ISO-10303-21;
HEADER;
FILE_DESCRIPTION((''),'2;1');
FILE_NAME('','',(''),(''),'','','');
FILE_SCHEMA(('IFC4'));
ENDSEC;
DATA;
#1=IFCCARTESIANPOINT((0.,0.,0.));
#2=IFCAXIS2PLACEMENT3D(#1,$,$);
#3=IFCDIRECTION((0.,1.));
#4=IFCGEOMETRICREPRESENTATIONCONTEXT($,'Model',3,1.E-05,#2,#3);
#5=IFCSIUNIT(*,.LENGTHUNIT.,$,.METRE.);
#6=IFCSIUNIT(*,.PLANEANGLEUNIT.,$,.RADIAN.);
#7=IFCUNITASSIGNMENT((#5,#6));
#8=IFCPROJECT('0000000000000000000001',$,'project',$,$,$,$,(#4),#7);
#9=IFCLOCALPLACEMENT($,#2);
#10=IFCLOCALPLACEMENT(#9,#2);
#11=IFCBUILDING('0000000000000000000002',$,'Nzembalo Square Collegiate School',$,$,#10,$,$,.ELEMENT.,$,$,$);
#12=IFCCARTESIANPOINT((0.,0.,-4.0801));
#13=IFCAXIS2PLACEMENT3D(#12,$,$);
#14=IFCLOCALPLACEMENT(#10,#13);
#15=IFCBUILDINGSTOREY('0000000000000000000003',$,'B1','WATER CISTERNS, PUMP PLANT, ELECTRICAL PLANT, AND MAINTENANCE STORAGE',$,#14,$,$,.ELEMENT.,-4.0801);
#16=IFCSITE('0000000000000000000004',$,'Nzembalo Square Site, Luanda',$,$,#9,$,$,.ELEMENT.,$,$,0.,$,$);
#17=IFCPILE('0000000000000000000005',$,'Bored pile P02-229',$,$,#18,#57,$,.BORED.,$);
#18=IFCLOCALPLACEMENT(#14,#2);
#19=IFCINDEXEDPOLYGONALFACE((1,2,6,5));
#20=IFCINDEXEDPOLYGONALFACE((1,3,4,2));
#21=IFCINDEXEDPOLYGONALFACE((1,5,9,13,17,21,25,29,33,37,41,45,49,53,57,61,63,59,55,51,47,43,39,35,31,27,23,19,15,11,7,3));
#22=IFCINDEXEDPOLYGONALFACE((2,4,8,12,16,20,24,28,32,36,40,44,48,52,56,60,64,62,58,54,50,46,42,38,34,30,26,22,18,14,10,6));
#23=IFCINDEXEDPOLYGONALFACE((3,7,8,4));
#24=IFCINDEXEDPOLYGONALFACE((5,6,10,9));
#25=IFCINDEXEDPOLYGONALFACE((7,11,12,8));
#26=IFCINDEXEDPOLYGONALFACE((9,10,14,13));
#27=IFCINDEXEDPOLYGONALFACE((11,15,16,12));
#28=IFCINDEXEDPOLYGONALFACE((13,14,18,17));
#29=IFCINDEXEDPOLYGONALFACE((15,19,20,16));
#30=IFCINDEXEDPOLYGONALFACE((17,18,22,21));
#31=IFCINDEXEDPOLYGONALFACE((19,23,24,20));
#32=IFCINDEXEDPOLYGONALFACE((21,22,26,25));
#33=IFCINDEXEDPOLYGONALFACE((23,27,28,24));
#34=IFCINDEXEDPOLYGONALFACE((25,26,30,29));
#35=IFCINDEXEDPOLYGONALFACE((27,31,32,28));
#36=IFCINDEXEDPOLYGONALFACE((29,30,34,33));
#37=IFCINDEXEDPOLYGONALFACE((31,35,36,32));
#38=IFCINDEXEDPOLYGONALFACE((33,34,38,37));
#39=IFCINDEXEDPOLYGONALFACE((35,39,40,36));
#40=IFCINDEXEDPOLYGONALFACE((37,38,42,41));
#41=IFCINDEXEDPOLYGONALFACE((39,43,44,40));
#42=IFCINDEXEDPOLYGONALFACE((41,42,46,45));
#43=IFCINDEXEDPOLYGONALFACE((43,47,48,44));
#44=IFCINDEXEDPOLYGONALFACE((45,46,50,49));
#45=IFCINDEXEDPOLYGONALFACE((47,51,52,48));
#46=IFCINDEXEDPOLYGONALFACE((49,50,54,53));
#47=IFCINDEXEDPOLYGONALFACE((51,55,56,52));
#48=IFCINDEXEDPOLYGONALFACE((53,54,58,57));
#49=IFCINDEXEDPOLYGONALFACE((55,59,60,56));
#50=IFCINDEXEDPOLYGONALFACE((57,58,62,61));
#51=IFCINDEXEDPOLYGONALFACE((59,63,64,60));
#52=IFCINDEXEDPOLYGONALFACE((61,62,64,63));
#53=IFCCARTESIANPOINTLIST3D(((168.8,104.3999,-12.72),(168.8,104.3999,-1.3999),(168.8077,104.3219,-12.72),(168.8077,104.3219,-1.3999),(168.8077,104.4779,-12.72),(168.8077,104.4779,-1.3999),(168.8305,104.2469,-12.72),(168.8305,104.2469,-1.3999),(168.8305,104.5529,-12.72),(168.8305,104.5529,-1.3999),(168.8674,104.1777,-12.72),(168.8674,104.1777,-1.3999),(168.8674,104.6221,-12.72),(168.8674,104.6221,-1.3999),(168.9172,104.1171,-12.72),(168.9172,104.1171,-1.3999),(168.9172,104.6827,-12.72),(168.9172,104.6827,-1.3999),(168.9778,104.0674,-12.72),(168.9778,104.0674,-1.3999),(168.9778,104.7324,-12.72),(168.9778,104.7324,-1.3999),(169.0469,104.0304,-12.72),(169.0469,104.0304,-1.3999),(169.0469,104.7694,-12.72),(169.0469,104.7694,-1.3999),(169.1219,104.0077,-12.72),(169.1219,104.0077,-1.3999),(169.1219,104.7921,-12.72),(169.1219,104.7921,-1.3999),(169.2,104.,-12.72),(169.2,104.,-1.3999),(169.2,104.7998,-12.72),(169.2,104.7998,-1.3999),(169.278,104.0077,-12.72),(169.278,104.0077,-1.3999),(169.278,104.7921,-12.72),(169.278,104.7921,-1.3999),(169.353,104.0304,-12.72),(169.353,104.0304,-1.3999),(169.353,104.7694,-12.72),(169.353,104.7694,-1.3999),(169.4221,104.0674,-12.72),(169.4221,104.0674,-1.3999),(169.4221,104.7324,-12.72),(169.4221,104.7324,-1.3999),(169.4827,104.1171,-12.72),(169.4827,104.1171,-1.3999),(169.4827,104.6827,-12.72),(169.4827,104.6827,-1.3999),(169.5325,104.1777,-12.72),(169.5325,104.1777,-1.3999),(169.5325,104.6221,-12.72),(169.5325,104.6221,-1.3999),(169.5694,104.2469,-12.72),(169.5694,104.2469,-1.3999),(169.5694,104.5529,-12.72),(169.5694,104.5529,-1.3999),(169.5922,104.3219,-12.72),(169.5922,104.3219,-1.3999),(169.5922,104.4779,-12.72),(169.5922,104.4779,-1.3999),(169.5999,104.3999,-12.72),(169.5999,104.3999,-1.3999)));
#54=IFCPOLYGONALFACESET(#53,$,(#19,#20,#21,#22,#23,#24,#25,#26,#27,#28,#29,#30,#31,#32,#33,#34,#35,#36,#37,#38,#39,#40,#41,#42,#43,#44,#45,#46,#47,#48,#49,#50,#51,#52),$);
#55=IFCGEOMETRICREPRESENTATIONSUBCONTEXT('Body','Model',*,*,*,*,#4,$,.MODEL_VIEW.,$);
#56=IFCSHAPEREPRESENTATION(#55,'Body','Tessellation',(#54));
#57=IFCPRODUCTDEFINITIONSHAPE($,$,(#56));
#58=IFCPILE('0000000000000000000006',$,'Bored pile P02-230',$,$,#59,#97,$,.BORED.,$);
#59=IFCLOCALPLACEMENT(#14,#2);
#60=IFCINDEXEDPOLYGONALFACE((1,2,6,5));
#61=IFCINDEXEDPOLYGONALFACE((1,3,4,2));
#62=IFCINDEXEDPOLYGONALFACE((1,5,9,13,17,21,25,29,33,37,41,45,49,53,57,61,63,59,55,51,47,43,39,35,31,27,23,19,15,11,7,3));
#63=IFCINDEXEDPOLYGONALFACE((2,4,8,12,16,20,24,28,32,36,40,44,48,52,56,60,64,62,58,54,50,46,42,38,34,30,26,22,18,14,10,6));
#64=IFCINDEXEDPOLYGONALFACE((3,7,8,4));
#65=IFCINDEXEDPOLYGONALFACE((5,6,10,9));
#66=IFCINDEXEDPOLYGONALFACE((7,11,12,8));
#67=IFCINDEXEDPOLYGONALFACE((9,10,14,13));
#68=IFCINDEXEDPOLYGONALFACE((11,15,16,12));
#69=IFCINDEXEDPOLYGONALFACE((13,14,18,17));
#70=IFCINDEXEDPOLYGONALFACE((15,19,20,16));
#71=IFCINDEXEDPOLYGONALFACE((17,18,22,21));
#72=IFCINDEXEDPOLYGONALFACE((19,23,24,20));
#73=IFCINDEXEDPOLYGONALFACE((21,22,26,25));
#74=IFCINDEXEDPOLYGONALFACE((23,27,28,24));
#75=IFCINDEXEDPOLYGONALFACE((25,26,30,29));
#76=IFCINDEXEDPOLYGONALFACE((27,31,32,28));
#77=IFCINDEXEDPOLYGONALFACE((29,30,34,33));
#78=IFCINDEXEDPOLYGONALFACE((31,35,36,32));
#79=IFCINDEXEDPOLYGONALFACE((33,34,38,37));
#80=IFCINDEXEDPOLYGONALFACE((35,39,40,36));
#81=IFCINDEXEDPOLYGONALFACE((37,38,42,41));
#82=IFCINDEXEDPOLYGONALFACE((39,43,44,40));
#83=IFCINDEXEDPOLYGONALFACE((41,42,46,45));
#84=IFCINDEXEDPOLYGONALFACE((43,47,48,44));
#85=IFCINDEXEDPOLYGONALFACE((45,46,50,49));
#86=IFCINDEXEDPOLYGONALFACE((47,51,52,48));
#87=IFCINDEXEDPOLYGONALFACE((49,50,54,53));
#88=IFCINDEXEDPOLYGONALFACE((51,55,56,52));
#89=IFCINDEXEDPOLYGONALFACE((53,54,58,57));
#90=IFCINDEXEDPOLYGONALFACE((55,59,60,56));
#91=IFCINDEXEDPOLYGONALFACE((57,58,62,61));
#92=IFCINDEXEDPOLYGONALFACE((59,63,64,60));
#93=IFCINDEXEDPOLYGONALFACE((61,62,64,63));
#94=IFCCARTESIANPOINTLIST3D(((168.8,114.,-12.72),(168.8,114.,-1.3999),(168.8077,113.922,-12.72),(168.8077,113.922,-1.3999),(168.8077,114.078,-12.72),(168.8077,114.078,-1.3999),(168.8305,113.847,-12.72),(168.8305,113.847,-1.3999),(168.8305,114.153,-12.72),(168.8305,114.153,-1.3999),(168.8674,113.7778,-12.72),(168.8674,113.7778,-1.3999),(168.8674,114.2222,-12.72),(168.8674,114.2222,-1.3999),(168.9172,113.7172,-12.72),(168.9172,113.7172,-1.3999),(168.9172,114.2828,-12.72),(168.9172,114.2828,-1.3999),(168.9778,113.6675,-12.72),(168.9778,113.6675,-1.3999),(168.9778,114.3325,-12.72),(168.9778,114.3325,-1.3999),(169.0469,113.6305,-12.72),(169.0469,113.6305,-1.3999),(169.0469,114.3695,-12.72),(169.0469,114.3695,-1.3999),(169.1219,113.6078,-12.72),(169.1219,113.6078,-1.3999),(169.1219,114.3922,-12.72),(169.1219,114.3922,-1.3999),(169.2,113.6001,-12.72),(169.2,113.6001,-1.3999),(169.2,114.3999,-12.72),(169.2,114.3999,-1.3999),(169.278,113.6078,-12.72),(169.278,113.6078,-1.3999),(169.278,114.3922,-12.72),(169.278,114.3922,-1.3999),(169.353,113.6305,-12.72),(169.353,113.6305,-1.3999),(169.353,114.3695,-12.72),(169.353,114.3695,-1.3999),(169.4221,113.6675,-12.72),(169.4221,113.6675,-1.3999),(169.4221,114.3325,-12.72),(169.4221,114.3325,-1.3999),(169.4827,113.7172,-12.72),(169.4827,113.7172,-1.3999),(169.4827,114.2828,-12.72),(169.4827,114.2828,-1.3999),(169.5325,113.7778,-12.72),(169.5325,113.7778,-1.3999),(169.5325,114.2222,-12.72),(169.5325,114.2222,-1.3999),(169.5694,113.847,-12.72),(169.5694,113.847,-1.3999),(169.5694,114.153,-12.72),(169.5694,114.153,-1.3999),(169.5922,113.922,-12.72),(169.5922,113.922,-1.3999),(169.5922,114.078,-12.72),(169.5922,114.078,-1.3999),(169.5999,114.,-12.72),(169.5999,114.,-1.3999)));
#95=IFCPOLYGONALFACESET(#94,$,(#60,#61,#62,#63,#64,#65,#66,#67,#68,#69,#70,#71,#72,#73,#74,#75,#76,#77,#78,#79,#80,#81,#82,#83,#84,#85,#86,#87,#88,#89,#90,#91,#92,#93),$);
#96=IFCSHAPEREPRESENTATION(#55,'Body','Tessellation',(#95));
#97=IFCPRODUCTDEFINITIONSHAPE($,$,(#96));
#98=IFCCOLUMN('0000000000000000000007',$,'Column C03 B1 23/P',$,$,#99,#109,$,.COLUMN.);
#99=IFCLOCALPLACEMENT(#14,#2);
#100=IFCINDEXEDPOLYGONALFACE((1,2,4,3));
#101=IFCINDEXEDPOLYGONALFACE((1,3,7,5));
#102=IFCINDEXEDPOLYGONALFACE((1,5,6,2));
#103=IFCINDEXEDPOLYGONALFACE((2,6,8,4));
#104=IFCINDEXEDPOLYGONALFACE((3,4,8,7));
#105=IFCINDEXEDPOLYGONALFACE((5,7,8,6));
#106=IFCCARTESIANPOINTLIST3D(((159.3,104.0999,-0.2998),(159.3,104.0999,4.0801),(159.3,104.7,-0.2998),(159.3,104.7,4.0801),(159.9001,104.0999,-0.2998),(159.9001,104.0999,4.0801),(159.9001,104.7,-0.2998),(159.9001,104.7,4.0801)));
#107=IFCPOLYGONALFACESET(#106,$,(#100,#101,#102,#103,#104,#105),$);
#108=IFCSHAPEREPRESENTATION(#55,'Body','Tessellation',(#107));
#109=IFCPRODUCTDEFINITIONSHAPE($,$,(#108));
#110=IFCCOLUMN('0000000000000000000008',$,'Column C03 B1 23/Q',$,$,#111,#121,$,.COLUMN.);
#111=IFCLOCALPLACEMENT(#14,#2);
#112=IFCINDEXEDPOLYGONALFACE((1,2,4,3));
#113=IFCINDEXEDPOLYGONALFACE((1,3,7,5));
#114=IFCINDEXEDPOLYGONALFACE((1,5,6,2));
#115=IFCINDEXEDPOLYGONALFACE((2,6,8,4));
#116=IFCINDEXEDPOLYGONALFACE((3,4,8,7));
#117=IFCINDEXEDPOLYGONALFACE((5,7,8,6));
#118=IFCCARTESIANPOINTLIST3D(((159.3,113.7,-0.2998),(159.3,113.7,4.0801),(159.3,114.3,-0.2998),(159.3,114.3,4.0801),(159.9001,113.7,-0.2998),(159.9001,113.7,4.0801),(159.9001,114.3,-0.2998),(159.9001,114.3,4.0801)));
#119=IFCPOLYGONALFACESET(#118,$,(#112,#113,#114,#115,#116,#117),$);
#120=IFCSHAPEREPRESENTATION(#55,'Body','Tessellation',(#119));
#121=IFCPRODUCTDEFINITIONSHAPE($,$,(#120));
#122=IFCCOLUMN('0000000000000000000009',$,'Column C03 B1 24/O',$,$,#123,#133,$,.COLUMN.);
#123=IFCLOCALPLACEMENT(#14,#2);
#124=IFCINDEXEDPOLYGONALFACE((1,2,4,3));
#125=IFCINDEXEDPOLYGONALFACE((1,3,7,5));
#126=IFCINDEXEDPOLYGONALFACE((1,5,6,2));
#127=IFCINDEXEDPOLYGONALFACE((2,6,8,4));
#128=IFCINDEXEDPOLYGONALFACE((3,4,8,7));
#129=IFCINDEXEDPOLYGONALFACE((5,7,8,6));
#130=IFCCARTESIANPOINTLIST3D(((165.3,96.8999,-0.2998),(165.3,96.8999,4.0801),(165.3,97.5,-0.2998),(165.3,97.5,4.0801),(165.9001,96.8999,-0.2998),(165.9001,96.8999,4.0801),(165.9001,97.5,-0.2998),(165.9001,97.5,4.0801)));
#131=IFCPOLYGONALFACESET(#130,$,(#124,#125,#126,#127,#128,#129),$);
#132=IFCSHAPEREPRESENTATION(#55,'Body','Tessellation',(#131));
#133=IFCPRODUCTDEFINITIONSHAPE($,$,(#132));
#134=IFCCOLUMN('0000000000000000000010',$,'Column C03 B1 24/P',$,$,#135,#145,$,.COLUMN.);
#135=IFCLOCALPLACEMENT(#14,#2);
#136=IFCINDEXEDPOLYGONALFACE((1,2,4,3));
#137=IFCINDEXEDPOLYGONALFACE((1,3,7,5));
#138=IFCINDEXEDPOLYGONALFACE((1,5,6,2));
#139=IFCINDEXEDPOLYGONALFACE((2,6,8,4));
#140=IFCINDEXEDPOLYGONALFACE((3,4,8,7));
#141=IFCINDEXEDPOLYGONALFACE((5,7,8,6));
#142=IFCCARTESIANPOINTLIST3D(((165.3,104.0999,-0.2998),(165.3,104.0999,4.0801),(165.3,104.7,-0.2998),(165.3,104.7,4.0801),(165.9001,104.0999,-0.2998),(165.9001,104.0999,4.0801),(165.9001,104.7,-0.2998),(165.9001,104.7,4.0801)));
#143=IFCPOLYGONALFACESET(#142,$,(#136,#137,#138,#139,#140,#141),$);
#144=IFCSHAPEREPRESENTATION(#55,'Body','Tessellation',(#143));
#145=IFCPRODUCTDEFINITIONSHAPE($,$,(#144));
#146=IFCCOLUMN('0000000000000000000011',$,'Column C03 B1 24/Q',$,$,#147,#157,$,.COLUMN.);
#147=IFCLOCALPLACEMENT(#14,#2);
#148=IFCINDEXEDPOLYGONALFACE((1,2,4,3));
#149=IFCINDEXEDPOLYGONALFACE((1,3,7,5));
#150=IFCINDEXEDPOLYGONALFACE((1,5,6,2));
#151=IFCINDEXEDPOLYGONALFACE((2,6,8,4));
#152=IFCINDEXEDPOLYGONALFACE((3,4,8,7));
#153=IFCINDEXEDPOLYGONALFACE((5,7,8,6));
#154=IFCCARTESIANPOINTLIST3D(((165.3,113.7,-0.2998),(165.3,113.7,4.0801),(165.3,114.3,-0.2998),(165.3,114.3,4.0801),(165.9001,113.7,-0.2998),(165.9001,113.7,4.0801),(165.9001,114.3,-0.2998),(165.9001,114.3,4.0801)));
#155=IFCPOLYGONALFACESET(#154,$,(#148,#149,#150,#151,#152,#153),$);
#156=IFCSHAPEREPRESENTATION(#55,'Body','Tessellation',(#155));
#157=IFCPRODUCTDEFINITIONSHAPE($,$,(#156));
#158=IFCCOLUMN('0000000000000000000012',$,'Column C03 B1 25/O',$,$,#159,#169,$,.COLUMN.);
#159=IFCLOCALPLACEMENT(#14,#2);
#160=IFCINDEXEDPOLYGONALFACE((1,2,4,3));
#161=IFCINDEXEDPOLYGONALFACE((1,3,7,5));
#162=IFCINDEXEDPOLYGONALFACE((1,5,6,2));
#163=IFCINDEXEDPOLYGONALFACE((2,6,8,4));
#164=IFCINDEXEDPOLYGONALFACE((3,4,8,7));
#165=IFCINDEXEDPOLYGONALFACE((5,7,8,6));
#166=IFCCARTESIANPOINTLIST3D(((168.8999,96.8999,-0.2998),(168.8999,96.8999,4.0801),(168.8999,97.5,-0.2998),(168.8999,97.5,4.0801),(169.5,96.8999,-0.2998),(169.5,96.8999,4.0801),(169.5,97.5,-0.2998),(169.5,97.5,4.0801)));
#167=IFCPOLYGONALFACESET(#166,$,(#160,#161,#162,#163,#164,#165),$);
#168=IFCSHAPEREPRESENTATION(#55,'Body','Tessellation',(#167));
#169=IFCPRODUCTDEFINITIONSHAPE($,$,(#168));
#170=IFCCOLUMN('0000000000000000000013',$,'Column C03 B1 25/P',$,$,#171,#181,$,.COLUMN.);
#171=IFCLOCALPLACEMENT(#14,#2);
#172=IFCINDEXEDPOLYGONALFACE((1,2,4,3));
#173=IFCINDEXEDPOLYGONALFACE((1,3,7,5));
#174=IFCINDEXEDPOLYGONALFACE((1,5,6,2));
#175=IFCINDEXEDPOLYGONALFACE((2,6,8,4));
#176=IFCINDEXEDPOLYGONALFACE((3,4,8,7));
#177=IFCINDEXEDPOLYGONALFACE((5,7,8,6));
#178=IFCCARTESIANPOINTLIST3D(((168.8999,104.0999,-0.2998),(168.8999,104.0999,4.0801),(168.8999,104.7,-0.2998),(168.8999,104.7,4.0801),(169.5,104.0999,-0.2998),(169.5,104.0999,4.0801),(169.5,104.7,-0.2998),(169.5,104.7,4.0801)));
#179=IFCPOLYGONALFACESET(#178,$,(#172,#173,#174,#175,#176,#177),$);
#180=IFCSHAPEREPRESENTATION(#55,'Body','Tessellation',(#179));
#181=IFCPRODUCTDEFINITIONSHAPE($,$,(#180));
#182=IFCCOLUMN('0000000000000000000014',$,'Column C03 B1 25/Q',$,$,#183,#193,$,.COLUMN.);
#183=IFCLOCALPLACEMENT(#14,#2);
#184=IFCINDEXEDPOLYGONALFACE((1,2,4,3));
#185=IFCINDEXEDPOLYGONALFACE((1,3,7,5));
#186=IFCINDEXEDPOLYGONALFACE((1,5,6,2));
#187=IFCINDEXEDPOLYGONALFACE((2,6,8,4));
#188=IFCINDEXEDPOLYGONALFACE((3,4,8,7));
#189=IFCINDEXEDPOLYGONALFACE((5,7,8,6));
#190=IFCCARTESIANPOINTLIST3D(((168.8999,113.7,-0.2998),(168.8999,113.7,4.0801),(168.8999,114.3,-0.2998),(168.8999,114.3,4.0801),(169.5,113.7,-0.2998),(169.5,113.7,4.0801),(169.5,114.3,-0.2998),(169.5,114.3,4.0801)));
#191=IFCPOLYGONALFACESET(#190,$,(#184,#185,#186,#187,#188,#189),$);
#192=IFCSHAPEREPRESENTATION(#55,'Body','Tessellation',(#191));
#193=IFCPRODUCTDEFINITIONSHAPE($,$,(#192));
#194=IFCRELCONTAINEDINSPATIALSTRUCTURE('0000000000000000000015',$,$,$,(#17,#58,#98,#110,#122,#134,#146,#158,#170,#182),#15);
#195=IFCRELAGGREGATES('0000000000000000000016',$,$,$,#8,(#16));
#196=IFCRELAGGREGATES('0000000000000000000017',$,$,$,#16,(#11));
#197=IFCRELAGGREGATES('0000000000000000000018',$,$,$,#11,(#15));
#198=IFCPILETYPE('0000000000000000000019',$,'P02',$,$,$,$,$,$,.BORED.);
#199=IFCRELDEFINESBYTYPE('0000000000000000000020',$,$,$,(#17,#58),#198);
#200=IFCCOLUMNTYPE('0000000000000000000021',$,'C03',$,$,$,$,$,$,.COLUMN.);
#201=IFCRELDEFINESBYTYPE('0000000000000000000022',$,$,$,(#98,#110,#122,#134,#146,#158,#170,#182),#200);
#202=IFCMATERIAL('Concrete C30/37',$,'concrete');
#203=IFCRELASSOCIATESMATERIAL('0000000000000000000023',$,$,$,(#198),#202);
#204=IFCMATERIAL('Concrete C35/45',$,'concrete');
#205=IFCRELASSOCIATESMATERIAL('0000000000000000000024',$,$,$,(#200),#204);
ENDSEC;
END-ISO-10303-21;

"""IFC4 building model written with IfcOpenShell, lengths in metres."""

from ifc_helpers import new_model, si_unit, direction, frame, origin, origin_2d, place, context, subcontext, project, spatial, rectangle, circle, extrude, material, material_profile, profile_set, type_object, element, save


model = new_model("IFC4")

# Units and contexts
model_context = context("Model", 3, precision=1e-05, world=origin(), true_north=direction((0.0, 1.0)))
body_context = subcontext(model_context, "Body", "Model", "MODEL_VIEW")
ifc_project = project(units=[si_unit("LENGTHUNIT", "METRE"), si_unit("PLANEANGLEUNIT", "RADIAN")], contexts=[model_context])

# Site, building, storey
site_placement = place(None, origin())
site = spatial("IfcSite", under=ifc_project, at=site_placement, Name="Nzembalo Square Site, Luanda", CompositionType="ELEMENT", RefElevation=0.0)
building_placement = place(site_placement, origin())
building = spatial("IfcBuilding", under=site, at=building_placement, Name="Nzembalo Square Collegiate School", CompositionType="ELEMENT")
storey_placement = place(building_placement, frame((0.0, 0.0, -4.0801)))
storey = spatial("IfcBuildingStorey", under=building, at=storey_placement, Name="B1", Description="WATER CISTERNS, PUMP PLANT, ELECTRICAL PLANT, AND MAINTENANCE STORAGE", CompositionType="ELEMENT", Elevation=-4.0801)

# Piles
ifc_material_1 = material(Name="Concrete C30/37", Category="concrete")
ifc_material_profile_1 = material_profile(ifc_material_1, circle(Radius=0.3999, at=origin_2d()), Name="PILE D800")
ifc_profile_set_1 = profile_set([ifc_material_profile_1], Name="Concrete C30/37")
pile_type_1 = type_object("IfcPileType", Name="P02", PredefinedType="BORED", material=ifc_profile_set_1)
for number, where, z_axis, x_axis, name in (
    (1, (169.2, 104.3999, -1.3999), (0.0, 0.0, -1.0), (1.0, 0.0, 0.0), "Bored pile P02-229"),
    (2, (169.2, 114.0, -1.3999), (0.0, 0.0, -1.0), (1.0, 0.0, 0.0), "Bored pile P02-230"),
):
    element("IfcPile", number, at=place(storey_placement, frame(where, z_axis=z_axis, x_axis=x_axis)), inside=storey, type_object=pile_type_1, Name=name, PredefinedType="BORED", context=body_context, shape_type="SweptSolid", body=[
        extrude(circle(Radius=0.3999, at=origin_2d()), origin(), (0.0, 0.0, 1.0), 11.3201),
    ])

# Columns
ifc_material_2 = material(Name="Concrete C35/45", Category="concrete")
ifc_material_profile_2 = material_profile(ifc_material_2, rectangle(XDim=0.6001, YDim=0.6001, at=origin_2d()), Name="RC 600x600")
ifc_profile_set_2 = profile_set([ifc_material_profile_2], Name="Concrete C35/45")
column_type = type_object("IfcColumnType", Name="C03", PredefinedType="COLUMN", material=ifc_profile_set_2)
for number, where, z_axis, x_axis, name in (
    (3, (159.6001, 104.3999, -0.2998), (0.0, 0.0, 1.0), (1.0, 0.0, 0.0), "Column C03 B1 23/P"),
    (4, (159.6001, 114.0, -0.2998), (0.0, 0.0, 1.0), (1.0, 0.0, 0.0), "Column C03 B1 23/Q"),
    (5, (165.6001, 97.2, -0.2998), (0.0, 0.0, 1.0), (1.0, 0.0, 0.0), "Column C03 B1 24/O"),
    (6, (165.6001, 104.3999, -0.2998), (0.0, 0.0, 1.0), (1.0, 0.0, 0.0), "Column C03 B1 24/P"),
    (7, (165.6001, 114.0, -0.2998), (0.0, 0.0, 1.0), (1.0, 0.0, 0.0), "Column C03 B1 24/Q"),
    (8, (169.2, 97.2, -0.2998), (0.0, 0.0, 1.0), (1.0, 0.0, 0.0), "Column C03 B1 25/O"),
    (9, (169.2, 104.3999, -0.2998), (0.0, 0.0, 1.0), (1.0, 0.0, 0.0), "Column C03 B1 25/P"),
    (10, (169.2, 114.0, -0.2998), (0.0, 0.0, 1.0), (1.0, 0.0, 0.0), "Column C03 B1 25/Q"),
):
    element("IfcColumn", number, at=place(storey_placement, frame(where, z_axis=z_axis, x_axis=x_axis)), inside=storey, type_object=column_type, Name=name, PredefinedType="COLUMN", context=body_context, shape_type="SweptSolid", body=[
        extrude(rectangle(XDim=0.6001, YDim=0.6001, at=origin_2d()), origin(), (0.0, 0.0, 1.0), 4.3799),
    ])

save(model, "model.ifc")
